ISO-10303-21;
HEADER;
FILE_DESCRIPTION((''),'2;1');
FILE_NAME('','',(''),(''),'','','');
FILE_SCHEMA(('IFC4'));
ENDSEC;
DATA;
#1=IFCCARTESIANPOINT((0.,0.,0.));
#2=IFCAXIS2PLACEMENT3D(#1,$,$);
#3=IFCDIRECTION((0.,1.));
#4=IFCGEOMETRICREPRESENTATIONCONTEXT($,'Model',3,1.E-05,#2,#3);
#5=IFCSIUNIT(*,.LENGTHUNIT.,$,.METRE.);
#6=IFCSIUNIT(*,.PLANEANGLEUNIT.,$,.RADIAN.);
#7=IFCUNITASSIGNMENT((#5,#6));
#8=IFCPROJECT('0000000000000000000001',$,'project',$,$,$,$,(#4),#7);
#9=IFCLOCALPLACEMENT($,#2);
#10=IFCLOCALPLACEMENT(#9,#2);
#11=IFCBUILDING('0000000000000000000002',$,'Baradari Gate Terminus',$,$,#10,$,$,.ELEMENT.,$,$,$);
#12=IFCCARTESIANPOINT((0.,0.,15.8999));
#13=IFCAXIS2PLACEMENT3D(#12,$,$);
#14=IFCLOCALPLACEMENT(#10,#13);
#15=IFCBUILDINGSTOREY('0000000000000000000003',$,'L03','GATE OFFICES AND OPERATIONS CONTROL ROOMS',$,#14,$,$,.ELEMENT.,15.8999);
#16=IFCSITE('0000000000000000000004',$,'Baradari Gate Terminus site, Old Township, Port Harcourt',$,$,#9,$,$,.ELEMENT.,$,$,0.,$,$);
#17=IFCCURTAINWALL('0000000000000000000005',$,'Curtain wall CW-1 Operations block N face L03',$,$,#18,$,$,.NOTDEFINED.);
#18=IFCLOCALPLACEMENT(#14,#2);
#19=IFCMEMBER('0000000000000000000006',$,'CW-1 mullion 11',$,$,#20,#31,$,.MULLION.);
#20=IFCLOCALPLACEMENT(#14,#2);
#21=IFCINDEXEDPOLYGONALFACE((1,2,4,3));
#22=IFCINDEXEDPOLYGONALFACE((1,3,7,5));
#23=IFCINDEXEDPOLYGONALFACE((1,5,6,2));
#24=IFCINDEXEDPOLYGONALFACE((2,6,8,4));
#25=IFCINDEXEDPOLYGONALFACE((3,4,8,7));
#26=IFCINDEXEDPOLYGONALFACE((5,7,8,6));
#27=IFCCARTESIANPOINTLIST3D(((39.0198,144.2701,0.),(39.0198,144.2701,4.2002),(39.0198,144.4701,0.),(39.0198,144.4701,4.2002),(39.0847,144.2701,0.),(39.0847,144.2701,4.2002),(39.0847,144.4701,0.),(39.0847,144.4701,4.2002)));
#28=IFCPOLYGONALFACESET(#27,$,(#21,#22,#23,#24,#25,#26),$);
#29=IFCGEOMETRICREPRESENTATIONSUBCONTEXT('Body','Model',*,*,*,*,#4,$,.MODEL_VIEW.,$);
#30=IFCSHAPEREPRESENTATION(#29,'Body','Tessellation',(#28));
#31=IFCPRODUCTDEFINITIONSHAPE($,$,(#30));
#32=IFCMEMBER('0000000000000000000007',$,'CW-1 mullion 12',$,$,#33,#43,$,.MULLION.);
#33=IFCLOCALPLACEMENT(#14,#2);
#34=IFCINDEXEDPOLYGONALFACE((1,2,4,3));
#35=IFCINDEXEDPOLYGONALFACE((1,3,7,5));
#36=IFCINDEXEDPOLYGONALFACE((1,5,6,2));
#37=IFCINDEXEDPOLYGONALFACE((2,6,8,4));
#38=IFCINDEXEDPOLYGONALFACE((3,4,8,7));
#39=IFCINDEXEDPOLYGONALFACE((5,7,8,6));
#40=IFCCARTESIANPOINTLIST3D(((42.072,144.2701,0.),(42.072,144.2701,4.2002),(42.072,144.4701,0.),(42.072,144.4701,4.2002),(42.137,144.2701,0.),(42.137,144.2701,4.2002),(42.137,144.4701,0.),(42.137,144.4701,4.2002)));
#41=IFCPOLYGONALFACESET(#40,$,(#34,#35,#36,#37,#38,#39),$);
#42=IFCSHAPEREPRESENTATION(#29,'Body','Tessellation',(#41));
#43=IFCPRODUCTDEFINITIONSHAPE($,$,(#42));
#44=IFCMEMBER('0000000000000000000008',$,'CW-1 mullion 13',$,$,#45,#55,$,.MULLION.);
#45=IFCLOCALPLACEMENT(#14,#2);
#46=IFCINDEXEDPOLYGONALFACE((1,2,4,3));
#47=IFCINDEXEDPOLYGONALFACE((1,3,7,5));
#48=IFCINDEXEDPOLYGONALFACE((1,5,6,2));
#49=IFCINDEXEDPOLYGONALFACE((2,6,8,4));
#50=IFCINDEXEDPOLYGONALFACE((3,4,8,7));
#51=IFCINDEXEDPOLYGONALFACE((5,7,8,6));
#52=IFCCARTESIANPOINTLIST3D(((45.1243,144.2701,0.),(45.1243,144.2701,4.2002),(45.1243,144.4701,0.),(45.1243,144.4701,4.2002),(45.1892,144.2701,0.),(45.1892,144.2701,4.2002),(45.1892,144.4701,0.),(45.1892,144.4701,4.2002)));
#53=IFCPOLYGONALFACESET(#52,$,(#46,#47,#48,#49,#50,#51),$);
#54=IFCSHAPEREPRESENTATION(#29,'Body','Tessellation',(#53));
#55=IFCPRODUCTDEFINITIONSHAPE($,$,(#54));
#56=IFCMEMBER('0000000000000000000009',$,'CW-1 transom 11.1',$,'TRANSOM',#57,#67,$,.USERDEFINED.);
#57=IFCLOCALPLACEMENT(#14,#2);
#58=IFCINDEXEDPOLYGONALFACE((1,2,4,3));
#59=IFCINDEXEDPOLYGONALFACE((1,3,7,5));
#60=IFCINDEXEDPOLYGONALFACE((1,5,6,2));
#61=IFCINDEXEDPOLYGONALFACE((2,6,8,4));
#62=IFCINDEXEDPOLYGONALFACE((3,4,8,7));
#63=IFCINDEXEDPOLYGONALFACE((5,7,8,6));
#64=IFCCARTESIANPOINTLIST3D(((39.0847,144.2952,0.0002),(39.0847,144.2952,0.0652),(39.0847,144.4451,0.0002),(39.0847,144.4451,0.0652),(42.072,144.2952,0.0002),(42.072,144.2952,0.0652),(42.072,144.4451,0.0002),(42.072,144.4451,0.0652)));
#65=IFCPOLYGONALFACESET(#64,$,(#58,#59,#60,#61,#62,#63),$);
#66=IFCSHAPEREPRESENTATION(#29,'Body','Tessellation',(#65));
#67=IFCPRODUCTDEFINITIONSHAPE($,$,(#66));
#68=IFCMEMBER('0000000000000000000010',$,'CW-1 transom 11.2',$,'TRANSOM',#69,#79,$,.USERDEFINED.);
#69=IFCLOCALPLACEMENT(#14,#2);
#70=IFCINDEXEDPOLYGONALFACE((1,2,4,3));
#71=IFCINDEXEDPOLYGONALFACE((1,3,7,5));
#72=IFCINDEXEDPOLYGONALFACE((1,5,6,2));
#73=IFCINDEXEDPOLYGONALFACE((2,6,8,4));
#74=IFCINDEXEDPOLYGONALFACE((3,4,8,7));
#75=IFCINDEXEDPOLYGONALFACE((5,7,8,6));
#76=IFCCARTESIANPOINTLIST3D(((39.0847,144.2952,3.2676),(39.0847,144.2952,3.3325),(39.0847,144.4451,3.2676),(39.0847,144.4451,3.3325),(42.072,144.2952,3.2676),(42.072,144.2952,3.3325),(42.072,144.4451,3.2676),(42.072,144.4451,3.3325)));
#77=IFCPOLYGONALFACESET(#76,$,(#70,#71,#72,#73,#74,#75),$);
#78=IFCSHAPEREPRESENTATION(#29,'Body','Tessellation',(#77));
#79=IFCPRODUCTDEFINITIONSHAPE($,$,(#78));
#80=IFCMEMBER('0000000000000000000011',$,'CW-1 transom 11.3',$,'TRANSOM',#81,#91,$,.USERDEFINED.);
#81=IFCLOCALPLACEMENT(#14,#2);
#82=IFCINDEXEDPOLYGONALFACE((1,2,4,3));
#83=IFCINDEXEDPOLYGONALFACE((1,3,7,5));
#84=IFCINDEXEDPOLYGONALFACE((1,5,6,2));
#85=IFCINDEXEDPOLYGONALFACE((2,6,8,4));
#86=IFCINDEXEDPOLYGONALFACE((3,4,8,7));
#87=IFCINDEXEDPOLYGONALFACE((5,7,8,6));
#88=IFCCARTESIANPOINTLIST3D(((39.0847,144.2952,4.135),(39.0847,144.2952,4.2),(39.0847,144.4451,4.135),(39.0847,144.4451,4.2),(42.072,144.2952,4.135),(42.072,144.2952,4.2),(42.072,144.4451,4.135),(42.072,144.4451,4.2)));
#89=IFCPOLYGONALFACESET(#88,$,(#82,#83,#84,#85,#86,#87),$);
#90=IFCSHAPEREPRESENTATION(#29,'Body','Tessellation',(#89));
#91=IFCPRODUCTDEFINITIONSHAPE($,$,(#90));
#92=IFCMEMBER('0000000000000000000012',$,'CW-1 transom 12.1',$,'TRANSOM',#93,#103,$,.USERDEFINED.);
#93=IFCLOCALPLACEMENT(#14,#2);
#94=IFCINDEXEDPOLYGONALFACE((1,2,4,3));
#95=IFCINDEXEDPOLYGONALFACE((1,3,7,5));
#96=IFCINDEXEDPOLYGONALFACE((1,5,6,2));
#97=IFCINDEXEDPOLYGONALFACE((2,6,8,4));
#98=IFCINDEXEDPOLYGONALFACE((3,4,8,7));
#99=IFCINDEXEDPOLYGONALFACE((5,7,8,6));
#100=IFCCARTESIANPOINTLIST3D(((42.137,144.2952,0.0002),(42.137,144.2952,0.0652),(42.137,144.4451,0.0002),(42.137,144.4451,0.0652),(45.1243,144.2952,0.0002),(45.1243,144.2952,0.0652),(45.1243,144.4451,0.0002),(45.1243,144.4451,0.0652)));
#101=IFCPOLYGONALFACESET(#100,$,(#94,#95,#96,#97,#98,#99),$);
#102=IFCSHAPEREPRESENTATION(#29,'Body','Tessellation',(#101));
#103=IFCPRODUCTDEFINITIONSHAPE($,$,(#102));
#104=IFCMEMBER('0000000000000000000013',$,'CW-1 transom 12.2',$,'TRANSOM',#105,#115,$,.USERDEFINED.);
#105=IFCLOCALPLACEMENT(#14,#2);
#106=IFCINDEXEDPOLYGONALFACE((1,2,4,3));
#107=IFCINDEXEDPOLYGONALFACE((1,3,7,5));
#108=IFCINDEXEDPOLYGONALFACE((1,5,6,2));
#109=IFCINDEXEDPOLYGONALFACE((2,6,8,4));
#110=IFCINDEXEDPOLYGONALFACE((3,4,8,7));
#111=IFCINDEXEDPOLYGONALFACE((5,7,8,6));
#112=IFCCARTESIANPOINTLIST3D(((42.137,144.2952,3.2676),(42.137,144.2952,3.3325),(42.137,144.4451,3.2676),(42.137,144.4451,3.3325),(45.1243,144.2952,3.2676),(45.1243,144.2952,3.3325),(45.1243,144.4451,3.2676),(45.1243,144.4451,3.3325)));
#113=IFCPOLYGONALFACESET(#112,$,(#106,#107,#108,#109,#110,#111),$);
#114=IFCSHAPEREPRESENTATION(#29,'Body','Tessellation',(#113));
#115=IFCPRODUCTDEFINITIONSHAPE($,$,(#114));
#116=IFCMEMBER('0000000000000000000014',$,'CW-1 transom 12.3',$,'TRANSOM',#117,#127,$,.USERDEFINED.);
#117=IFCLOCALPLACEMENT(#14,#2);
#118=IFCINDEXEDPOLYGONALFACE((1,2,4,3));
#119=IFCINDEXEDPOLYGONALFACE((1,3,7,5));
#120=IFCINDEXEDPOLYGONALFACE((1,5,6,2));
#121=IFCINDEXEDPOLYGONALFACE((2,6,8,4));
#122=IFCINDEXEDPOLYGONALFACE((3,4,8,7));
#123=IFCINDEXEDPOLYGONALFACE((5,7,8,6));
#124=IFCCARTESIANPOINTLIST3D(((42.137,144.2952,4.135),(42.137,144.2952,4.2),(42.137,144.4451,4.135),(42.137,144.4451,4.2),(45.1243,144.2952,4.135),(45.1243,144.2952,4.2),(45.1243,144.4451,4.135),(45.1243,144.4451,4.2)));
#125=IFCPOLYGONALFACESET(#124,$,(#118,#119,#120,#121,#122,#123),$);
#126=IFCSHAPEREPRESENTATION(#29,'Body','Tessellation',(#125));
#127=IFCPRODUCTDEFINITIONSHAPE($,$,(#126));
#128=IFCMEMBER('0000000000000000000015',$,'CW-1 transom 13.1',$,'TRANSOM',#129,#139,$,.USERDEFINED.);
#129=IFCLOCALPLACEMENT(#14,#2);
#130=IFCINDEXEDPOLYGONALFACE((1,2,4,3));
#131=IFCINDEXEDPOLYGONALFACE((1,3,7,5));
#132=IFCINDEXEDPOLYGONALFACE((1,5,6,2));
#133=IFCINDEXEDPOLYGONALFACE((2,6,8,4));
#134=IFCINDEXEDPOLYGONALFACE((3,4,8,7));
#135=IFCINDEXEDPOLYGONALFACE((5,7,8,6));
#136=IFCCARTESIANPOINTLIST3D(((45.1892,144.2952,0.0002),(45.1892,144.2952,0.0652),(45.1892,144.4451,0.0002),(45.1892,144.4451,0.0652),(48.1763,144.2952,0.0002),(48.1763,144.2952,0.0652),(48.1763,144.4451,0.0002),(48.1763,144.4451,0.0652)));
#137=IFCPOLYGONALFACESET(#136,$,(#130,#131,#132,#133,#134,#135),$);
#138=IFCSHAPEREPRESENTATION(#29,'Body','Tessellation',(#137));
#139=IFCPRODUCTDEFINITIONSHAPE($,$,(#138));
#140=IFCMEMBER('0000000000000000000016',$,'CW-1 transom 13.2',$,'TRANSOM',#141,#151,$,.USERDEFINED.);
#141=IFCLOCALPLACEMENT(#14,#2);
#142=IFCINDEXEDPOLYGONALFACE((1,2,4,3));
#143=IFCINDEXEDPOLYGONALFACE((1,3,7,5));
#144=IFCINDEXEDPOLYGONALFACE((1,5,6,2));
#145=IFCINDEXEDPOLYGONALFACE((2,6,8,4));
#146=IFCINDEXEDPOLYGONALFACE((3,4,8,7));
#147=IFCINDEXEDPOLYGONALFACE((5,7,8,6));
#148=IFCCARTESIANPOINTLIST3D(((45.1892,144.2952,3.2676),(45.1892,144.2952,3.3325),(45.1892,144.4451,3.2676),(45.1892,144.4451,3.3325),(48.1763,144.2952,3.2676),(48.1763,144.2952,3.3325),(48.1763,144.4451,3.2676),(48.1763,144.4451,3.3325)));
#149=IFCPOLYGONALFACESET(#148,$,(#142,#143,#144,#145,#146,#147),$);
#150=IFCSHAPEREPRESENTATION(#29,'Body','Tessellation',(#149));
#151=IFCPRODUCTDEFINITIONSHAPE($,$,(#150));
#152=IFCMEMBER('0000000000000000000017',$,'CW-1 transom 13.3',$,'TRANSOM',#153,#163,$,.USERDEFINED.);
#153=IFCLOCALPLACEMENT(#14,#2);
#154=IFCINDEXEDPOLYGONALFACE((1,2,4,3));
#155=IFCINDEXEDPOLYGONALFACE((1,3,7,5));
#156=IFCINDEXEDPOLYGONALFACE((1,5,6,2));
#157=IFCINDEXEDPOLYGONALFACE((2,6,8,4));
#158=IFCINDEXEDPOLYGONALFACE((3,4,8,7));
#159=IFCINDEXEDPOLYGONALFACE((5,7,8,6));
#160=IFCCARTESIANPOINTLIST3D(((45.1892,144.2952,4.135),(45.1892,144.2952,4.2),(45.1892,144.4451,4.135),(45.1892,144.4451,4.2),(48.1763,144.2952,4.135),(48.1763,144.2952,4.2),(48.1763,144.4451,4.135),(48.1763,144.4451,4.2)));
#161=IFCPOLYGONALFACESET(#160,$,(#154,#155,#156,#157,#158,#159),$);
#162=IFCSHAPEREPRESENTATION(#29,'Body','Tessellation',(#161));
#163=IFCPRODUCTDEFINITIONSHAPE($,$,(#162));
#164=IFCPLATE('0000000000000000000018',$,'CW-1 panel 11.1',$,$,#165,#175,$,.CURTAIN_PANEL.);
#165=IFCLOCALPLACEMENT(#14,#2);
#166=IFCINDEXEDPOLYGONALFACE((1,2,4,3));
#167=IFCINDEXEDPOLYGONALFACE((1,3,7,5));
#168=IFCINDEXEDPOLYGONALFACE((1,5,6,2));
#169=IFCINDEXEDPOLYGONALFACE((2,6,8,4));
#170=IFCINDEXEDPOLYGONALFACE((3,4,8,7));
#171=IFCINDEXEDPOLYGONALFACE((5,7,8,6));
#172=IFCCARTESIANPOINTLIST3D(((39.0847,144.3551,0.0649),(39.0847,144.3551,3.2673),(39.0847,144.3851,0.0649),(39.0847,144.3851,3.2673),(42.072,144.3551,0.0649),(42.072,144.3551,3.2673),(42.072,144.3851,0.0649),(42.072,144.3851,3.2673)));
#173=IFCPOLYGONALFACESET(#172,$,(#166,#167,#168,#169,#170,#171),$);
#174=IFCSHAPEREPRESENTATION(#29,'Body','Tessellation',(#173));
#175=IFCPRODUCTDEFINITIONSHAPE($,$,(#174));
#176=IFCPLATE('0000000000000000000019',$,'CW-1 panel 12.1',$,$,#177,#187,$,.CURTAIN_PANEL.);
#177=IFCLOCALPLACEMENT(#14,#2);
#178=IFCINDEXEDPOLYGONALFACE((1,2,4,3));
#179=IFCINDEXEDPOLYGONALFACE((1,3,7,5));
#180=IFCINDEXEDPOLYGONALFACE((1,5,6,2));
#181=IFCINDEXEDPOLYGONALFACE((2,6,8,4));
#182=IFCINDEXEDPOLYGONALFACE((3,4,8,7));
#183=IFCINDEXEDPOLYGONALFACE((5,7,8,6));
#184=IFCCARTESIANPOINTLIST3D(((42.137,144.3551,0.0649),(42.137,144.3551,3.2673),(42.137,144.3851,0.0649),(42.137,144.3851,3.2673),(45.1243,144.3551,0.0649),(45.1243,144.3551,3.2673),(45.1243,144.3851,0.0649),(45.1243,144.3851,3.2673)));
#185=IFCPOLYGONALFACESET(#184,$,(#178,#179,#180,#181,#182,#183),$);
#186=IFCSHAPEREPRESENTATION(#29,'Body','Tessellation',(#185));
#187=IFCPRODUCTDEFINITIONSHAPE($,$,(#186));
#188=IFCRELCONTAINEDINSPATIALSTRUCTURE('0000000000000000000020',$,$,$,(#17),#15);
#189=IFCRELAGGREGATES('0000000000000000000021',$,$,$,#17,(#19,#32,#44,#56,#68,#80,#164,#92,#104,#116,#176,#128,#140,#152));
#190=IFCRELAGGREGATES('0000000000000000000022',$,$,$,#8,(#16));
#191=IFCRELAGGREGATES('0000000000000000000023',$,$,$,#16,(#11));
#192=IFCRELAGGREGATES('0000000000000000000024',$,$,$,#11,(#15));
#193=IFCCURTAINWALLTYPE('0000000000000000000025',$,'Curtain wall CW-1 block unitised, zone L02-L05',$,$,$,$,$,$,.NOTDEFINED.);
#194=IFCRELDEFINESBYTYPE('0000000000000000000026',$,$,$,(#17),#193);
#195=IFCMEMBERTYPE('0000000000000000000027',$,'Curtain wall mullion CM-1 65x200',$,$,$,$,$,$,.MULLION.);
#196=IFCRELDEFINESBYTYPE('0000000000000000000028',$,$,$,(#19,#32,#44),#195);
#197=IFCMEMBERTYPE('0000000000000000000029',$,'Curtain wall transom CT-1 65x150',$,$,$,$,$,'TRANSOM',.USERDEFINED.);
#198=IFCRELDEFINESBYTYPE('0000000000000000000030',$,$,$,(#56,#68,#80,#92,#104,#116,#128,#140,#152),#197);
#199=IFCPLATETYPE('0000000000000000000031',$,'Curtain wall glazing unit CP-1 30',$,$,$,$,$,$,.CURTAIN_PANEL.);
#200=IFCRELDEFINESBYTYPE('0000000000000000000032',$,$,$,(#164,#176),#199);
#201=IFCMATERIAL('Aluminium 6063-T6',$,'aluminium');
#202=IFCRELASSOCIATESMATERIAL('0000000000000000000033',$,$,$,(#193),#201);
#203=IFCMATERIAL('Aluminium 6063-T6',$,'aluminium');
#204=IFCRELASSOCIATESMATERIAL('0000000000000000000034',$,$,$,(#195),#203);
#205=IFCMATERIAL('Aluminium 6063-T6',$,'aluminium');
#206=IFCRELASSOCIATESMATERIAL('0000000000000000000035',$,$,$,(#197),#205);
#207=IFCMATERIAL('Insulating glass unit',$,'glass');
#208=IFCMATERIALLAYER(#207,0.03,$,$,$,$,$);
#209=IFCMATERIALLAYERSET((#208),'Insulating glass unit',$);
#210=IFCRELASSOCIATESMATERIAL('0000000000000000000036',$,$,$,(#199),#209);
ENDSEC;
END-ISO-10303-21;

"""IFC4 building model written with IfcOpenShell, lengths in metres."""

from ifc_helpers import new_model, si_unit, direction, frame, origin, origin_2d, place, context, subcontext, project, spatial, rectangle, extrude, material, layer, layer_set, material_profile, profile_set, type_object, element, aggregate, save


model = new_model("IFC4")

# Units and contexts
model_context = context("Model", 3, precision=1e-05, world=origin(), true_north=direction((0.0, 1.0)))
body_context = subcontext(model_context, "Body", "Model", "MODEL_VIEW")
ifc_project = project(units=[si_unit("LENGTHUNIT", "METRE"), si_unit("PLANEANGLEUNIT", "RADIAN")], contexts=[model_context])

# Site, building, storey
site_placement = place(None, origin())
site = spatial("IfcSite", under=ifc_project, at=site_placement, Name="Baradari Gate Terminus site, Old Township, Port Harcourt", CompositionType="ELEMENT", RefElevation=0.0)
building_placement = place(site_placement, origin())
building = spatial("IfcBuilding", under=site, at=building_placement, Name="Baradari Gate Terminus", CompositionType="ELEMENT")
storey_placement = place(building_placement, frame((0.0, 0.0, 15.8999)))
storey = spatial("IfcBuildingStorey", under=building, at=storey_placement, Name="L03", Description="GATE OFFICES AND OPERATIONS CONTROL ROOMS", CompositionType="ELEMENT", Elevation=15.8999)

# Curtain wall, members, plates
ifc_material_1 = material(Name="Aluminium 6063-T6", Category="aluminium")
curtain_wall_type = type_object("IfcCurtainWallType", Name="Curtain wall CW-1 block unitised, zone L02-L05", PredefinedType="NOTDEFINED", material=ifc_material_1)
curtain_wall_placement = place(storey_placement, origin())
curtain_wall = element("IfcCurtainWall", 1, at=curtain_wall_placement, inside=storey, type_object=curtain_wall_type, Name="Curtain wall CW-1 Operations block N face L03", PredefinedType="NOTDEFINED")
ifc_material_2 = material(Name="Aluminium 6063-T6", Category="aluminium")
ifc_material_profile_1 = material_profile(ifc_material_2, rectangle(XDim=0.2, YDim=0.0649, at=origin_2d()), Name="CM-1 65X200")
ifc_profile_set_1 = profile_set([ifc_material_profile_1], Name="Aluminium 6063-T6")
member_type_1 = type_object("IfcMemberType", Name="Curtain wall mullion CM-1 65x200", PredefinedType="MULLION", material=ifc_profile_set_1)
member_1_placement = place(storey_placement, frame((39.0522, 144.3701, 0.0), z_axis=(0.0, 0.0, 1.0), x_axis=(0.0, 1.0, 0.0)))
member_1 = element("IfcMember", 2, at=member_1_placement, type_object=member_type_1, Name="CW-1 mullion 11", PredefinedType="MULLION", context=body_context, shape_type="SweptSolid", body=[
    extrude(rectangle(XDim=0.2, YDim=0.0649, at=origin_2d()), origin(), (0.0, 0.0, 1.0), 4.2002),
])
member_2_placement = place(storey_placement, frame((42.1045, 144.3701, 0.0), z_axis=(0.0, 0.0, 1.0), x_axis=(0.0, 1.0, 0.0)))
member_2 = element("IfcMember", 3, at=member_2_placement, type_object=member_type_1, Name="CW-1 mullion 12", PredefinedType="MULLION", context=body_context, shape_type="SweptSolid", body=[
    extrude(rectangle(XDim=0.2, YDim=0.0649, at=origin_2d()), origin(), (0.0, 0.0, 1.0), 4.2002),
])
member_3_placement = place(storey_placement, frame((45.1567, 144.3701, 0.0), z_axis=(0.0, 0.0, 1.0), x_axis=(0.0, 1.0, 0.0)))
member_3 = element("IfcMember", 4, at=member_3_placement, type_object=member_type_1, Name="CW-1 mullion 13", PredefinedType="MULLION", context=body_context, shape_type="SweptSolid", body=[
    extrude(rectangle(XDim=0.2, YDim=0.0649, at=origin_2d()), origin(), (0.0, 0.0, 1.0), 4.2002),
])
ifc_material_3 = material(Name="Aluminium 6063-T6", Category="aluminium")
ifc_material_profile_2 = material_profile(ifc_material_3, rectangle(XDim=0.1499, YDim=0.0649, at=origin_2d()), Name="CT-1 65X150")
ifc_profile_set_2 = profile_set([ifc_material_profile_2], Name="Aluminium 6063-T6")
member_type_2 = type_object("IfcMemberType", Name="Curtain wall transom CT-1 65x150", ElementType="TRANSOM", PredefinedType="USERDEFINED", material=ifc_profile_set_2)
member_4_placement = place(storey_placement, frame((39.0847, 144.3701, 0.0327), z_axis=(1.0, 0.0, 0.0), x_axis=(0.0, 1.0, 0.0)))
member_4 = element("IfcMember", 5, at=member_4_placement, type_object=member_type_2, Name="CW-1 transom 11.1", ObjectType="TRANSOM", PredefinedType="USERDEFINED", context=body_context, shape_type="SweptSolid", body=[
    extrude(rectangle(XDim=0.1499, YDim=0.0649, at=origin_2d()), origin(), (0.0, 0.0, 1.0), 2.9873),
])
member_5_placement = place(storey_placement, frame((39.0847, 144.3701, 3.3), z_axis=(1.0, 0.0, 0.0), x_axis=(0.0, 1.0, 0.0)))
member_5 = element("IfcMember", 6, at=member_5_placement, type_object=member_type_2, Name="CW-1 transom 11.2", ObjectType="TRANSOM", PredefinedType="USERDEFINED", context=body_context, shape_type="SweptSolid", body=[
    extrude(rectangle(XDim=0.1499, YDim=0.0649, at=origin_2d()), origin(), (0.0, 0.0, 1.0), 2.9873),
])
member_6_placement = place(storey_placement, frame((39.0847, 144.3701, 4.1675), z_axis=(1.0, 0.0, 0.0), x_axis=(0.0, 1.0, 0.0)))
member_6 = element("IfcMember", 7, at=member_6_placement, type_object=member_type_2, Name="CW-1 transom 11.3", ObjectType="TRANSOM", PredefinedType="USERDEFINED", context=body_context, shape_type="SweptSolid", body=[
    extrude(rectangle(XDim=0.1499, YDim=0.0649, at=origin_2d()), origin(), (0.0, 0.0, 1.0), 2.9873),
])
member_7_placement = place(storey_placement, frame((42.137, 144.3701, 0.0327), z_axis=(1.0, 0.0, 0.0), x_axis=(0.0, 1.0, 0.0)))
member_7 = element("IfcMember", 8, at=member_7_placement, type_object=member_type_2, Name="CW-1 transom 12.1", ObjectType="TRANSOM", PredefinedType="USERDEFINED", context=body_context, shape_type="SweptSolid", body=[
    extrude(rectangle(XDim=0.1499, YDim=0.0649, at=origin_2d()), origin(), (0.0, 0.0, 1.0), 2.9873),
])
member_8_placement = place(storey_placement, frame((42.137, 144.3701, 3.3), z_axis=(1.0, 0.0, 0.0), x_axis=(0.0, 1.0, 0.0)))
member_8 = element("IfcMember", 9, at=member_8_placement, type_object=member_type_2, Name="CW-1 transom 12.2", ObjectType="TRANSOM", PredefinedType="USERDEFINED", context=body_context, shape_type="SweptSolid", body=[
    extrude(rectangle(XDim=0.1499, YDim=0.0649, at=origin_2d()), origin(), (0.0, 0.0, 1.0), 2.9873),
])
member_9_placement = place(storey_placement, frame((42.137, 144.3701, 4.1675), z_axis=(1.0, 0.0, 0.0), x_axis=(0.0, 1.0, 0.0)))
member_9 = element("IfcMember", 10, at=member_9_placement, type_object=member_type_2, Name="CW-1 transom 12.3", ObjectType="TRANSOM", PredefinedType="USERDEFINED", context=body_context, shape_type="SweptSolid", body=[
    extrude(rectangle(XDim=0.1499, YDim=0.0649, at=origin_2d()), origin(), (0.0, 0.0, 1.0), 2.9873),
])
member_10_placement = place(storey_placement, frame((45.1892, 144.3701, 0.0327), z_axis=(1.0, 0.0, 0.0), x_axis=(0.0, 1.0, 0.0)))
member_10 = element("IfcMember", 11, at=member_10_placement, type_object=member_type_2, Name="CW-1 transom 13.1", ObjectType="TRANSOM", PredefinedType="USERDEFINED", context=body_context, shape_type="SweptSolid", body=[
    extrude(rectangle(XDim=0.1499, YDim=0.0649, at=origin_2d()), origin(), (0.0, 0.0, 1.0), 2.9871),
])
member_11_placement = place(storey_placement, frame((45.1892, 144.3701, 3.3), z_axis=(1.0, 0.0, 0.0), x_axis=(0.0, 1.0, 0.0)))
member_11 = element("IfcMember", 12, at=member_11_placement, type_object=member_type_2, Name="CW-1 transom 13.2", ObjectType="TRANSOM", PredefinedType="USERDEFINED", context=body_context, shape_type="SweptSolid", body=[
    extrude(rectangle(XDim=0.1499, YDim=0.0649, at=origin_2d()), origin(), (0.0, 0.0, 1.0), 2.9871),
])
member_12_placement = place(storey_placement, frame((45.1892, 144.3701, 4.1675), z_axis=(1.0, 0.0, 0.0), x_axis=(0.0, 1.0, 0.0)))
member_12 = element("IfcMember", 13, at=member_12_placement, type_object=member_type_2, Name="CW-1 transom 13.3", ObjectType="TRANSOM", PredefinedType="USERDEFINED", context=body_context, shape_type="SweptSolid", body=[
    extrude(rectangle(XDim=0.1499, YDim=0.0649, at=origin_2d()), origin(), (0.0, 0.0, 1.0), 2.9871),
])
ifc_material_4 = material(Name="Insulating glass unit", Category="glass")
ifc_layer_1 = layer(ifc_material_4, 0.03)
ifc_layer_set_1 = layer_set([ifc_layer_1], Name="Insulating glass unit")
plate_type_1 = type_object("IfcPlateType", Name="Curtain wall glazing unit CP-1 30", PredefinedType="CURTAIN_PANEL", material=ifc_layer_set_1)
plate_1_placement = place(storey_placement, frame((40.5784, 144.3701, 0.0649), z_axis=(0.0, 0.0, 1.0), x_axis=(1.0, 0.0, 0.0)))
plate_1 = element("IfcPlate", 14, at=plate_1_placement, type_object=plate_type_1, Name="CW-1 panel 11.1", PredefinedType="CURTAIN_PANEL", context=body_context, shape_type="SweptSolid", body=[
    extrude(rectangle(XDim=2.9873, YDim=0.03, at=origin_2d()), origin(), (0.0, 0.0, 1.0), 3.2024),
])
plate_2_placement = place(storey_placement, frame((43.6306, 144.3701, 0.0649), z_axis=(0.0, 0.0, 1.0), x_axis=(1.0, 0.0, 0.0)))
plate_2 = element("IfcPlate", 15, at=plate_2_placement, type_object=plate_type_1, Name="CW-1 panel 12.1", PredefinedType="CURTAIN_PANEL", context=body_context, shape_type="SweptSolid", body=[
    extrude(rectangle(XDim=2.9873, YDim=0.03, at=origin_2d()), origin(), (0.0, 0.0, 1.0), 3.2024),
])
aggregate(curtain_wall, [member_1, member_2, member_3, member_4, member_5, member_6, plate_1, member_7, member_8, member_9, plate_2, member_10, member_11, member_12])

save(model, "model.ifc")
